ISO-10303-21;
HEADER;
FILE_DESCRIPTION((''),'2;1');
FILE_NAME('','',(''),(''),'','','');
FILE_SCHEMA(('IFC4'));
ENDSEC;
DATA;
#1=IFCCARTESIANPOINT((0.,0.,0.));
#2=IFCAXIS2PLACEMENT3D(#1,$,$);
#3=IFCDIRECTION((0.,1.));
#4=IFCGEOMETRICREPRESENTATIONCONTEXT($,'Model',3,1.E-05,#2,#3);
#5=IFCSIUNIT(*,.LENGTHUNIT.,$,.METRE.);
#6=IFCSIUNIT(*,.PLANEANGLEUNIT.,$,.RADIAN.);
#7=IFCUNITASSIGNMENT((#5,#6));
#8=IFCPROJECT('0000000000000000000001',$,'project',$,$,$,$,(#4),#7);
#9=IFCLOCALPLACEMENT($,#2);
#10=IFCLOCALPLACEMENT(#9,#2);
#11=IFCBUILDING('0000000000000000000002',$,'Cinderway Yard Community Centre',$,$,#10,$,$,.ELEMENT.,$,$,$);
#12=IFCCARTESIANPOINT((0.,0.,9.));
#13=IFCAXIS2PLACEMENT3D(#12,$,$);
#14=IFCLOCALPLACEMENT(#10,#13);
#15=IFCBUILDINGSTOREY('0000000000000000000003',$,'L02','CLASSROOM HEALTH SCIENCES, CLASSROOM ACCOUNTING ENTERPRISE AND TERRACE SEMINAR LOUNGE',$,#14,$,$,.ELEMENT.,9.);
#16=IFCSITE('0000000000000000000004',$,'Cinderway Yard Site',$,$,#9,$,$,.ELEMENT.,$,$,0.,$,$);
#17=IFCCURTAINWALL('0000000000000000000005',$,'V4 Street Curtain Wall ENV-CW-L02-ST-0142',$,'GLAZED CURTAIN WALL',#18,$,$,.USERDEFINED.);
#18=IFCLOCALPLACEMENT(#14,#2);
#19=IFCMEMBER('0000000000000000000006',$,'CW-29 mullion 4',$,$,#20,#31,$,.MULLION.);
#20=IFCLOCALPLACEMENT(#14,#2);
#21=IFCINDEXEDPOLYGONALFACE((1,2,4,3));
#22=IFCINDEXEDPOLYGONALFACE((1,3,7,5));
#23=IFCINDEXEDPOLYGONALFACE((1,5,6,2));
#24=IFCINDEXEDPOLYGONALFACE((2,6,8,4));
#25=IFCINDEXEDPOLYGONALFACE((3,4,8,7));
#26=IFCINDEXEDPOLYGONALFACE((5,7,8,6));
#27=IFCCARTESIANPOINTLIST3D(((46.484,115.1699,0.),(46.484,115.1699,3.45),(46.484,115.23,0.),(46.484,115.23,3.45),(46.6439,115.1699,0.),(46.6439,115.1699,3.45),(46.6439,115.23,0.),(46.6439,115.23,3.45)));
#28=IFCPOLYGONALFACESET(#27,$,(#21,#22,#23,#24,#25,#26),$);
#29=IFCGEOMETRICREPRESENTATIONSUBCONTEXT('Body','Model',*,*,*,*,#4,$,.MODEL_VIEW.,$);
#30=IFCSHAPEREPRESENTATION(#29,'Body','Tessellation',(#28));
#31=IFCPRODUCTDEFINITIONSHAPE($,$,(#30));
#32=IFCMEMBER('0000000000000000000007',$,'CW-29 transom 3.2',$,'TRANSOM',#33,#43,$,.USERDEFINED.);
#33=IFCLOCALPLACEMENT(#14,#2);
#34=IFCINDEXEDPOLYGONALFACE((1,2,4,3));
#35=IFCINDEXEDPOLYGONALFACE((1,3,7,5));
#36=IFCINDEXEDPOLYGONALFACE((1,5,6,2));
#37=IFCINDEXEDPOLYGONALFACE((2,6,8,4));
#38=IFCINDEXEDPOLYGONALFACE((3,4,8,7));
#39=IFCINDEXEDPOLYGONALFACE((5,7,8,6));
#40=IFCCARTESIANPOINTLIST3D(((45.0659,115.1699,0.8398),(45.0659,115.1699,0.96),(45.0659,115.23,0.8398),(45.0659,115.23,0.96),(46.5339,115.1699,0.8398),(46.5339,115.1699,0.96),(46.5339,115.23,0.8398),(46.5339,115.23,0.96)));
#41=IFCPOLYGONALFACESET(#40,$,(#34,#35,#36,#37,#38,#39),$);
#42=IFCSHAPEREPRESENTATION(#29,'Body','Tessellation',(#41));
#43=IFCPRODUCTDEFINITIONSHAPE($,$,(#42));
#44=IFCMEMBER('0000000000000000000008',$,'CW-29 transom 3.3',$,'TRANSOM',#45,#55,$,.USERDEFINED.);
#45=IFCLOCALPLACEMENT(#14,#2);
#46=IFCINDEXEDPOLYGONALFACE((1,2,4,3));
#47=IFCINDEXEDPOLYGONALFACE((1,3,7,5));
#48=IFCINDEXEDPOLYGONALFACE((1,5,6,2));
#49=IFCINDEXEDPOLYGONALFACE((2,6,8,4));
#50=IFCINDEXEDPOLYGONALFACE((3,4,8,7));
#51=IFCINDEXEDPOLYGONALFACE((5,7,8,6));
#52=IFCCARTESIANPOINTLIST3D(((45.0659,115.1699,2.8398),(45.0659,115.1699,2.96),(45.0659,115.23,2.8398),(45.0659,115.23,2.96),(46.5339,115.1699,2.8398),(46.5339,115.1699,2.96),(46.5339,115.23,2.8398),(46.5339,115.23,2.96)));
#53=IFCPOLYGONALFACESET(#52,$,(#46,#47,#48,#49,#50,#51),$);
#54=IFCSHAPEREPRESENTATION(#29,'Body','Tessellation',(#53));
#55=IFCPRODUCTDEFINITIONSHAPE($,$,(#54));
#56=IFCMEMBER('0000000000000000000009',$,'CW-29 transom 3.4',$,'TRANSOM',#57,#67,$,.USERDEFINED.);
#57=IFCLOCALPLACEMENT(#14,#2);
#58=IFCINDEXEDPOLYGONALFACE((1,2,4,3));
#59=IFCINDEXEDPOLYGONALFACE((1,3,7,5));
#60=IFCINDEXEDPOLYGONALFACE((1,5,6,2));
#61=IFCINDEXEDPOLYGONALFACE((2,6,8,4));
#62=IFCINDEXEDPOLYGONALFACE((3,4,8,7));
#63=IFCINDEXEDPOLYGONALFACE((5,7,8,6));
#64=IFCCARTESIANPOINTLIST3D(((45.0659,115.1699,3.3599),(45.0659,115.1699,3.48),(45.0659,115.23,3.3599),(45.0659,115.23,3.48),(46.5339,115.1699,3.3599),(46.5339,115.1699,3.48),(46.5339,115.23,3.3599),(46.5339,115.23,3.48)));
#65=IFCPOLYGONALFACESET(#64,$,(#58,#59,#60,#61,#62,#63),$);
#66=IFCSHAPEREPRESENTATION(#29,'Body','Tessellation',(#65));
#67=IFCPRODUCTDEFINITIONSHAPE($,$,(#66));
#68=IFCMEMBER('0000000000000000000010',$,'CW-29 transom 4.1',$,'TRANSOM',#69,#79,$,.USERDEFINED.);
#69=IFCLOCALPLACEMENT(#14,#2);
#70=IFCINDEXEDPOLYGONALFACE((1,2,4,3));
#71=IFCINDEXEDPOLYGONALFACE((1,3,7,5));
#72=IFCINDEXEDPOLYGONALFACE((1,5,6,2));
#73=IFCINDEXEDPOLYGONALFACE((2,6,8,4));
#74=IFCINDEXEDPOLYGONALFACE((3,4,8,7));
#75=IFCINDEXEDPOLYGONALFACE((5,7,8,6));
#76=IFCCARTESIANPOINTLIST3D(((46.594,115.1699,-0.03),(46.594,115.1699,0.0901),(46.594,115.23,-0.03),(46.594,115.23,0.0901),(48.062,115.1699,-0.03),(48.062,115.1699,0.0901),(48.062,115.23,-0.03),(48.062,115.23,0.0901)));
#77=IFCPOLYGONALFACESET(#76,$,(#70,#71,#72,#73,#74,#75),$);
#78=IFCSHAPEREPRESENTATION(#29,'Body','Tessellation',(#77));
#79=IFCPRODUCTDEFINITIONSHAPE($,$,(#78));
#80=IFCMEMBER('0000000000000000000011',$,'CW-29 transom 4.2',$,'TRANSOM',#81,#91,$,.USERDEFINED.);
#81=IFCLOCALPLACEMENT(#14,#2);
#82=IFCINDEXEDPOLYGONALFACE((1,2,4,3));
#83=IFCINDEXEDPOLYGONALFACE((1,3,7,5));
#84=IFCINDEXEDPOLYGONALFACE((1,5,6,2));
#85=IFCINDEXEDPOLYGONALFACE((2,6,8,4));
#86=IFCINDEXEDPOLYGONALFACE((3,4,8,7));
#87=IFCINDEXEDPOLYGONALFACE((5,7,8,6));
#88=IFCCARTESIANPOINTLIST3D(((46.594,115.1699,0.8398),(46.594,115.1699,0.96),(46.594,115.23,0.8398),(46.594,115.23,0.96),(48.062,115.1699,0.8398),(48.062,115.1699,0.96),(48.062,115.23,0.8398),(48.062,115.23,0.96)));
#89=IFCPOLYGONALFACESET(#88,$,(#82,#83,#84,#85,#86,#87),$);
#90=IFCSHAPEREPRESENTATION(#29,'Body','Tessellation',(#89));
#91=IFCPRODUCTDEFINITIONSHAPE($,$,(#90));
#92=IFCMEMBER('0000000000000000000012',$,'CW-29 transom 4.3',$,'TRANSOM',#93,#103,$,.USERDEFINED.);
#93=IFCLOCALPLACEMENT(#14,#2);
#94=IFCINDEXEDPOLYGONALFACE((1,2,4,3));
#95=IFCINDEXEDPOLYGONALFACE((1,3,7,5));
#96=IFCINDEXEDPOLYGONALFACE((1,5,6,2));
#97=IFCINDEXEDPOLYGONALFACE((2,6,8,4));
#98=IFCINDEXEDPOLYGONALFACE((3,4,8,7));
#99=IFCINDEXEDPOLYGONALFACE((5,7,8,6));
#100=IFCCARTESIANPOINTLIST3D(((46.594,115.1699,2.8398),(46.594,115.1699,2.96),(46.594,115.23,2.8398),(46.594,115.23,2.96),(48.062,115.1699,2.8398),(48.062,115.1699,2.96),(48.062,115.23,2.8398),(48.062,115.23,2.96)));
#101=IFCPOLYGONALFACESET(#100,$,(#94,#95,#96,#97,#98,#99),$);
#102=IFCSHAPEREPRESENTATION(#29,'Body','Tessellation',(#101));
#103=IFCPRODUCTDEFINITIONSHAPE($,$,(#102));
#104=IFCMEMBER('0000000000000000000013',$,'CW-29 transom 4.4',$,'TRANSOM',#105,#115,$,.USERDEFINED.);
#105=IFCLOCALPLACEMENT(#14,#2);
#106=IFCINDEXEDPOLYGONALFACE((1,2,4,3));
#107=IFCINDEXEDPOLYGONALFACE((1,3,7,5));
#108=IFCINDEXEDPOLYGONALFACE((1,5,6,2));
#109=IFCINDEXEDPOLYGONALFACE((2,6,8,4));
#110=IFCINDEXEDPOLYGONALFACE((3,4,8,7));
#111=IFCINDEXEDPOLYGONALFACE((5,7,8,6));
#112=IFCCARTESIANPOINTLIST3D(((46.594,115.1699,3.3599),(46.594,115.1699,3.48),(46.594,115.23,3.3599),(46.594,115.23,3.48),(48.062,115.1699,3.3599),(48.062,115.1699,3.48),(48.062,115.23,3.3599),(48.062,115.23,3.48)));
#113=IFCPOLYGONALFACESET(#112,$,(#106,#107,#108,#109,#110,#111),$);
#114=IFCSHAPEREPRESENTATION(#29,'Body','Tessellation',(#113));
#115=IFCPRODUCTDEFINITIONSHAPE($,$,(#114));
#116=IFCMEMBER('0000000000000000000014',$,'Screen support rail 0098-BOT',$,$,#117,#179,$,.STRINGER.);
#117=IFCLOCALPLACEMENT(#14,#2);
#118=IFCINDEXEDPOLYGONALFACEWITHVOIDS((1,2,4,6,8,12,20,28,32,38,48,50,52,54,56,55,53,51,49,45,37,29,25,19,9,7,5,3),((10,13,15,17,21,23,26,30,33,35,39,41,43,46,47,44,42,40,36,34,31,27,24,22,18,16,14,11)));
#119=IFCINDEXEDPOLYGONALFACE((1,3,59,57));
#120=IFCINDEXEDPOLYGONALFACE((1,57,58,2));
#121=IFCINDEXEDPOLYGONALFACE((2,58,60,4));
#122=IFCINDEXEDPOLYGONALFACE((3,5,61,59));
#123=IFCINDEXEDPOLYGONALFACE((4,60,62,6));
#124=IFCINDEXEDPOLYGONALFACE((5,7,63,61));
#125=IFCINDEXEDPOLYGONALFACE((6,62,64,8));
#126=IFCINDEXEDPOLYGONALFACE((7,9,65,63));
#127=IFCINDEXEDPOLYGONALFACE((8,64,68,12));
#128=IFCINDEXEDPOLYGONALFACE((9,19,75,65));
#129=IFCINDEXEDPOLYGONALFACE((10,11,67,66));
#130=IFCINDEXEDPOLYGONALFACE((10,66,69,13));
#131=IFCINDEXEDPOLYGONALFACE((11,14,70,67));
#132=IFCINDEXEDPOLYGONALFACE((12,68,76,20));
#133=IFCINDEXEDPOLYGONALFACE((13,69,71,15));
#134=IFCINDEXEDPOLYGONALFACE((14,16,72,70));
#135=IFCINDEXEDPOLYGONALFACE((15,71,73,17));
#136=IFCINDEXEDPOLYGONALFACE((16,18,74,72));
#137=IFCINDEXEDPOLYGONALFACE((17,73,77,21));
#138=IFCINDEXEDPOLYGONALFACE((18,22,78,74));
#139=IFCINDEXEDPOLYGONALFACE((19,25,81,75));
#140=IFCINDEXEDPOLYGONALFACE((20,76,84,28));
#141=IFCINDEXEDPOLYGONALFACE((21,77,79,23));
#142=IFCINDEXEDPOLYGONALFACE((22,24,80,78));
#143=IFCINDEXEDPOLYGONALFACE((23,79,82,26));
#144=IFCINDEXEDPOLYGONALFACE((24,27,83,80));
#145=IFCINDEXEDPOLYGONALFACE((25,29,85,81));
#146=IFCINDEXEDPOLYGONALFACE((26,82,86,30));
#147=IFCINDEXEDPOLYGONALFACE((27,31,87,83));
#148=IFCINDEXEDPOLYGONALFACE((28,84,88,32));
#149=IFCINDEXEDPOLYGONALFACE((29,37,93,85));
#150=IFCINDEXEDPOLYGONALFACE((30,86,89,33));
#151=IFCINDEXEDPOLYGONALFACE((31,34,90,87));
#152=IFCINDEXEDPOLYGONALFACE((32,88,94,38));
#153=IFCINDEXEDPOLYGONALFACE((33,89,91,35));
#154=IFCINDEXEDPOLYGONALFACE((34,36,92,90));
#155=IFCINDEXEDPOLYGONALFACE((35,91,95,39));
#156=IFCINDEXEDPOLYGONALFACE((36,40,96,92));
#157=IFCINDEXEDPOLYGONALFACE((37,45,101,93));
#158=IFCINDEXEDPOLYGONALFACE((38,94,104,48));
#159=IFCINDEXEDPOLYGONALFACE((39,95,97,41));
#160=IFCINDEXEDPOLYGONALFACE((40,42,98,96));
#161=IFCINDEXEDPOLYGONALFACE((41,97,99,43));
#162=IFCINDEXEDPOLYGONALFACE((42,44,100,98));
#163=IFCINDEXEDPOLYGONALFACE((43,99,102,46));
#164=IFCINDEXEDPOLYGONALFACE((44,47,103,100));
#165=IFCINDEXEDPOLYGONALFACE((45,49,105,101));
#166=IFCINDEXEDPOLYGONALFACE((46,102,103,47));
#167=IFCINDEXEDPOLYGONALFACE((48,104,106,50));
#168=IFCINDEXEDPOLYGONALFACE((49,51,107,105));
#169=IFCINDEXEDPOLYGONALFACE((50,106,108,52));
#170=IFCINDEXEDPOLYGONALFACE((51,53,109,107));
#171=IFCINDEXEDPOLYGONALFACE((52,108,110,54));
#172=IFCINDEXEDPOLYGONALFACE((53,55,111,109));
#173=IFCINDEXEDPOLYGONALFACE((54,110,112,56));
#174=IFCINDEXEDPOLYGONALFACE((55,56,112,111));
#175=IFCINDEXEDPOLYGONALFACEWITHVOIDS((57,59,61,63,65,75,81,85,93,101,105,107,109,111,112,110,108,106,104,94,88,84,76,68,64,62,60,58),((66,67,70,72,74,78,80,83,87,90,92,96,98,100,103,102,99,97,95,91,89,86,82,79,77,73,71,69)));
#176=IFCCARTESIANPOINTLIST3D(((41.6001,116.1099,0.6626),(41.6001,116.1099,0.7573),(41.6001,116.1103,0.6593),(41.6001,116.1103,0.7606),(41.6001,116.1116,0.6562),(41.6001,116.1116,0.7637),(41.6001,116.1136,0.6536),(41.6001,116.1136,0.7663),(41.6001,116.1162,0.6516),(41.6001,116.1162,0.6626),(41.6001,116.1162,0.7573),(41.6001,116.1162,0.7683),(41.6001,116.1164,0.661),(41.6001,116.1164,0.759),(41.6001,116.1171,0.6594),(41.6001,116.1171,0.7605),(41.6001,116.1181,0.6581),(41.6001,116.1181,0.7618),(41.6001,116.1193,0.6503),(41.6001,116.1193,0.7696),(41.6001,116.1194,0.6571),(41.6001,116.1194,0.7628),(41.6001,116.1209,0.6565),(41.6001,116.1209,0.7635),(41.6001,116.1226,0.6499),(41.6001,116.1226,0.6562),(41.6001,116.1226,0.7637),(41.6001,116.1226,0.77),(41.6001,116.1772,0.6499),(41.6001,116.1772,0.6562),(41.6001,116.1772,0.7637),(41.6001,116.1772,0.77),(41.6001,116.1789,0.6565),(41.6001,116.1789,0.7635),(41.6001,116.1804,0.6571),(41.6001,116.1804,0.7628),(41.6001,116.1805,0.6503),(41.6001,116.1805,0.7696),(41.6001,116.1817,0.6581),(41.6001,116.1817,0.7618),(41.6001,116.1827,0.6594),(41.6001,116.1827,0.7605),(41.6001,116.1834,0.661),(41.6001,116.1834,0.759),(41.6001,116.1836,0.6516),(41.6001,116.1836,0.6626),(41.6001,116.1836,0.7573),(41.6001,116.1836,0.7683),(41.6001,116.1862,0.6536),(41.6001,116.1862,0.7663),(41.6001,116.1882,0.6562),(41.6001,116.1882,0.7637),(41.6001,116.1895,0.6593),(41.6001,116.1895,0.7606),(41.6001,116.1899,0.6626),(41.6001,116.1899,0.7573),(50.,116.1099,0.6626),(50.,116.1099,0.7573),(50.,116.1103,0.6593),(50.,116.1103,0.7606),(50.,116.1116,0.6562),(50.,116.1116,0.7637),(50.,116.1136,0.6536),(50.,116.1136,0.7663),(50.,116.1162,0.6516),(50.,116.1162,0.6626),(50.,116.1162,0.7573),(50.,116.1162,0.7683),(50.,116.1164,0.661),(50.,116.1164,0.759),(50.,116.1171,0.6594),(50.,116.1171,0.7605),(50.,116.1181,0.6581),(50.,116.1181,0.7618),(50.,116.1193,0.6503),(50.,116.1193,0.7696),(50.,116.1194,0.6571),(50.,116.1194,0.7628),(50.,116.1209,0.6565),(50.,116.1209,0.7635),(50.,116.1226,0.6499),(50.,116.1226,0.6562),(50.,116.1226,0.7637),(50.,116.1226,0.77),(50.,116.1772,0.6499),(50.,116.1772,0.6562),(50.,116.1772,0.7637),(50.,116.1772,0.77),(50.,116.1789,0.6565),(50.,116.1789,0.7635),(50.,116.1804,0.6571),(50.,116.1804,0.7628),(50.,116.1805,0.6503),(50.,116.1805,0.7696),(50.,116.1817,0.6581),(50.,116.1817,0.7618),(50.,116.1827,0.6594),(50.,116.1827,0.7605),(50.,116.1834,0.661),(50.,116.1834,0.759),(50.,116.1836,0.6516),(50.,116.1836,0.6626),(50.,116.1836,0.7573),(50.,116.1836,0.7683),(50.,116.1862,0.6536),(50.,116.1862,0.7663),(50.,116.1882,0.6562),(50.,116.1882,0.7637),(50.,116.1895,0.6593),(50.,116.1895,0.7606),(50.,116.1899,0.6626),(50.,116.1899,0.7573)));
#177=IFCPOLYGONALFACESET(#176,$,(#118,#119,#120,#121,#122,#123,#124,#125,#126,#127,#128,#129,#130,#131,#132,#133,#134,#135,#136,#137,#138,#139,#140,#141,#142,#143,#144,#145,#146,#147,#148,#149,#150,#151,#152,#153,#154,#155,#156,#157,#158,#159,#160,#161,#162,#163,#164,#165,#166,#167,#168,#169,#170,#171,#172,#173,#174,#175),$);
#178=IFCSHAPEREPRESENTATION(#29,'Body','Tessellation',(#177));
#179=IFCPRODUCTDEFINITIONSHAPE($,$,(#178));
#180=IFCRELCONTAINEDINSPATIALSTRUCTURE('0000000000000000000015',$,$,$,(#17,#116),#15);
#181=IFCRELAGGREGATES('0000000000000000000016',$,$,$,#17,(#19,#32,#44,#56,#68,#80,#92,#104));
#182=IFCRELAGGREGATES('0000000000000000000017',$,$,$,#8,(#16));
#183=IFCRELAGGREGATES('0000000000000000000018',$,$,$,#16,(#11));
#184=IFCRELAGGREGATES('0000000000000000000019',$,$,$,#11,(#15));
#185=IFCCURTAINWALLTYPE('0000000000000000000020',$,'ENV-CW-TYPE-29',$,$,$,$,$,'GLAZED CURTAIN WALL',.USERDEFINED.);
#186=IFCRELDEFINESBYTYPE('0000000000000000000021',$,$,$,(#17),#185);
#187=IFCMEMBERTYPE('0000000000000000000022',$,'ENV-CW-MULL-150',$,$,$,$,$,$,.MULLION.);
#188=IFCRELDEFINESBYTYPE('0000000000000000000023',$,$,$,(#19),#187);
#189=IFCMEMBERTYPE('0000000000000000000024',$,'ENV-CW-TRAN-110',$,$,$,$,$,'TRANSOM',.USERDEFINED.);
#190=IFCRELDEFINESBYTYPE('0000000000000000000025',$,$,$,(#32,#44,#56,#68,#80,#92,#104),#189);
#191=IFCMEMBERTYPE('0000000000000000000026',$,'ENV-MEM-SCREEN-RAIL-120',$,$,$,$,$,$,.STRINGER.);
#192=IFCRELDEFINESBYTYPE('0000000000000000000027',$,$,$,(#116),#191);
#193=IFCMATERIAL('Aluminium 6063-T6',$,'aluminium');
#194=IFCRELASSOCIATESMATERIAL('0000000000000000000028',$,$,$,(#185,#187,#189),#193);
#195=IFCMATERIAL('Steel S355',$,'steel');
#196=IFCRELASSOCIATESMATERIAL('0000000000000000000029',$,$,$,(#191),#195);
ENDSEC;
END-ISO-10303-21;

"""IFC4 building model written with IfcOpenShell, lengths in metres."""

from ifc_helpers import new_model, si_unit, direction, frame, origin, origin_2d, place, context, subcontext, project, spatial, rectangle, hollow_rectangle, extrude, material, material_profile, profile_set, type_object, element, aggregate, save


model = new_model("IFC4")

# Units and contexts
model_context = context("Model", 3, precision=1e-05, world=origin(), true_north=direction((0.0, 1.0)))
body_context = subcontext(model_context, "Body", "Model", "MODEL_VIEW")
ifc_project = project(units=[si_unit("LENGTHUNIT", "METRE"), si_unit("PLANEANGLEUNIT", "RADIAN")], contexts=[model_context])

# Site, building, storey
site_placement = place(None, origin())
site = spatial("IfcSite", under=ifc_project, at=site_placement, Name="Cinderway Yard Site", CompositionType="ELEMENT", RefElevation=0.0)
building_placement = place(site_placement, origin())
building = spatial("IfcBuilding", under=site, at=building_placement, Name="Cinderway Yard Community Centre", CompositionType="ELEMENT")
storey_placement = place(building_placement, frame((0.0, 0.0, 9.0)))
storey = spatial("IfcBuildingStorey", under=building, at=storey_placement, Name="L02", Description="CLASSROOM HEALTH SCIENCES, CLASSROOM ACCOUNTING ENTERPRISE AND TERRACE SEMINAR LOUNGE", CompositionType="ELEMENT", Elevation=9.0)

# Curtain wall, members
ifc_material_1 = material(Name="Aluminium 6063-T6", Category="aluminium")
curtain_wall_type = type_object("IfcCurtainWallType", Name="ENV-CW-TYPE-29", ElementType="GLAZED CURTAIN WALL", PredefinedType="USERDEFINED", material=ifc_material_1)
curtain_wall_placement = place(storey_placement, origin())
curtain_wall = element("IfcCurtainWall", 1, at=curtain_wall_placement, inside=storey, type_object=curtain_wall_type, Name="V4 Street Curtain Wall ENV-CW-L02-ST-0142", ObjectType="GLAZED CURTAIN WALL", PredefinedType="USERDEFINED")
ifc_material_profile_1 = material_profile(ifc_material_1, rectangle(XDim=0.0601, YDim=0.1599, at=origin_2d()), Name="Aluminium 6063-T6")
ifc_profile_set_1 = profile_set([ifc_material_profile_1], Name="Aluminium 6063-T6")
member_type_1 = type_object("IfcMemberType", Name="ENV-CW-MULL-150", PredefinedType="MULLION", material=ifc_profile_set_1)
member_1_placement = place(storey_placement, frame((46.564, 115.2, 0.0), z_axis=(0.0, 0.0, 1.0), x_axis=(0.0, 1.0, 0.0)))
member_1 = element("IfcMember", 2, at=member_1_placement, type_object=member_type_1, Name="CW-29 mullion 4", PredefinedType="MULLION", context=body_context, shape_type="SweptSolid", body=[
    extrude(rectangle(XDim=0.0601, YDim=0.1599, at=origin_2d()), origin(), (0.0, 0.0, 1.0), 3.45),
])
ifc_material_profile_2 = material_profile(ifc_material_1, rectangle(XDim=0.0601, YDim=0.1201, at=origin_2d()), Name="Aluminium 6063-T6")
ifc_profile_set_2 = profile_set([ifc_material_profile_2], Name="Aluminium 6063-T6")
member_type_2 = type_object("IfcMemberType", Name="ENV-CW-TRAN-110", ElementType="TRANSOM", PredefinedType="USERDEFINED", material=ifc_profile_set_2)
member_2_placement = place(storey_placement, frame((45.0659, 115.2, 0.8999), z_axis=(1.0, 0.0, 0.0), x_axis=(0.0, 1.0, 0.0)))
member_2 = element("IfcMember", 3, at=member_2_placement, type_object=member_type_2, Name="CW-29 transom 3.2", ObjectType="TRANSOM", PredefinedType="USERDEFINED", context=body_context, shape_type="SweptSolid", body=[
    extrude(rectangle(XDim=0.0601, YDim=0.1201, at=origin_2d()), origin(), (0.0, 0.0, 1.0), 1.468),
])
member_3_placement = place(storey_placement, frame((45.0659, 115.2, 2.8999), z_axis=(1.0, 0.0, 0.0), x_axis=(0.0, 1.0, 0.0)))
member_3 = element("IfcMember", 4, at=member_3_placement, type_object=member_type_2, Name="CW-29 transom 3.3", ObjectType="TRANSOM", PredefinedType="USERDEFINED", context=body_context, shape_type="SweptSolid", body=[
    extrude(rectangle(XDim=0.0601, YDim=0.1201, at=origin_2d()), origin(), (0.0, 0.0, 1.0), 1.468),
])
member_4_placement = place(storey_placement, frame((45.0659, 115.2, 3.4199), z_axis=(1.0, 0.0, 0.0), x_axis=(0.0, 1.0, 0.0)))
member_4 = element("IfcMember", 5, at=member_4_placement, type_object=member_type_2, Name="CW-29 transom 3.4", ObjectType="TRANSOM", PredefinedType="USERDEFINED", context=body_context, shape_type="SweptSolid", body=[
    extrude(rectangle(XDim=0.0601, YDim=0.1201, at=origin_2d()), origin(), (0.0, 0.0, 1.0), 1.468),
])
member_5_placement = place(storey_placement, frame((46.594, 115.2, 0.03), z_axis=(1.0, 0.0, 0.0), x_axis=(0.0, 1.0, 0.0)))
member_5 = element("IfcMember", 6, at=member_5_placement, type_object=member_type_2, Name="CW-29 transom 4.1", ObjectType="TRANSOM", PredefinedType="USERDEFINED", context=body_context, shape_type="SweptSolid", body=[
    extrude(rectangle(XDim=0.0601, YDim=0.1201, at=origin_2d()), origin(), (0.0, 0.0, 1.0), 1.468),
])
member_6_placement = place(storey_placement, frame((46.594, 115.2, 0.8999), z_axis=(1.0, 0.0, 0.0), x_axis=(0.0, 1.0, 0.0)))
member_6 = element("IfcMember", 7, at=member_6_placement, type_object=member_type_2, Name="CW-29 transom 4.2", ObjectType="TRANSOM", PredefinedType="USERDEFINED", context=body_context, shape_type="SweptSolid", body=[
    extrude(rectangle(XDim=0.0601, YDim=0.1201, at=origin_2d()), origin(), (0.0, 0.0, 1.0), 1.468),
])
member_7_placement = place(storey_placement, frame((46.594, 115.2, 2.8999), z_axis=(1.0, 0.0, 0.0), x_axis=(0.0, 1.0, 0.0)))
member_7 = element("IfcMember", 8, at=member_7_placement, type_object=member_type_2, Name="CW-29 transom 4.3", ObjectType="TRANSOM", PredefinedType="USERDEFINED", context=body_context, shape_type="SweptSolid", body=[
    extrude(rectangle(XDim=0.0601, YDim=0.1201, at=origin_2d()), origin(), (0.0, 0.0, 1.0), 1.468),
])
member_8_placement = place(storey_placement, frame((46.594, 115.2, 3.4199), z_axis=(1.0, 0.0, 0.0), x_axis=(0.0, 1.0, 0.0)))
member_8 = element("IfcMember", 9, at=member_8_placement, type_object=member_type_2, Name="CW-29 transom 4.4", ObjectType="TRANSOM", PredefinedType="USERDEFINED", context=body_context, shape_type="SweptSolid", body=[
    extrude(rectangle(XDim=0.0601, YDim=0.1201, at=origin_2d()), origin(), (0.0, 0.0, 1.0), 1.468),
])

# Member
ifc_material_2 = material(Name="Steel S355", Category="steel")
ifc_material_profile_3 = material_profile(ifc_material_2, hollow_rectangle(XDim=0.0801, YDim=0.1201, WallThickness=0.0063, InnerFilletRadius=0.0063, OuterFilletRadius=0.0127, at=origin_2d()), Name="Steel S355")
ifc_profile_set_3 = profile_set([ifc_material_profile_3], Name="Steel S355")
member_type_3 = type_object("IfcMemberType", Name="ENV-MEM-SCREEN-RAIL-120", PredefinedType="STRINGER", material=ifc_profile_set_3)
for number, where, z_axis, x_axis, name in (
    (10, (41.6001, 116.1499, 0.71), (1.0, 0.0, 0.0), (0.0, 1.0, 0.0), "Screen support rail 0098-BOT"),
):
    element("IfcMember", number, at=place(storey_placement, frame(where, z_axis=z_axis, x_axis=x_axis)), inside=storey, type_object=member_type_3, Name=name, PredefinedType="STRINGER", context=body_context, shape_type="SweptSolid", body=[
        extrude(hollow_rectangle(XDim=0.0801, YDim=0.1201, WallThickness=0.0063, InnerFilletRadius=0.0063, OuterFilletRadius=0.0127, at=origin_2d()), origin(), (0.0, 0.0, 1.0), 8.3999),
    ])

aggregate(curtain_wall, [member_1, member_2, member_3, member_4, member_5, member_6, member_7, member_8])

save(model, "model.ifc")
